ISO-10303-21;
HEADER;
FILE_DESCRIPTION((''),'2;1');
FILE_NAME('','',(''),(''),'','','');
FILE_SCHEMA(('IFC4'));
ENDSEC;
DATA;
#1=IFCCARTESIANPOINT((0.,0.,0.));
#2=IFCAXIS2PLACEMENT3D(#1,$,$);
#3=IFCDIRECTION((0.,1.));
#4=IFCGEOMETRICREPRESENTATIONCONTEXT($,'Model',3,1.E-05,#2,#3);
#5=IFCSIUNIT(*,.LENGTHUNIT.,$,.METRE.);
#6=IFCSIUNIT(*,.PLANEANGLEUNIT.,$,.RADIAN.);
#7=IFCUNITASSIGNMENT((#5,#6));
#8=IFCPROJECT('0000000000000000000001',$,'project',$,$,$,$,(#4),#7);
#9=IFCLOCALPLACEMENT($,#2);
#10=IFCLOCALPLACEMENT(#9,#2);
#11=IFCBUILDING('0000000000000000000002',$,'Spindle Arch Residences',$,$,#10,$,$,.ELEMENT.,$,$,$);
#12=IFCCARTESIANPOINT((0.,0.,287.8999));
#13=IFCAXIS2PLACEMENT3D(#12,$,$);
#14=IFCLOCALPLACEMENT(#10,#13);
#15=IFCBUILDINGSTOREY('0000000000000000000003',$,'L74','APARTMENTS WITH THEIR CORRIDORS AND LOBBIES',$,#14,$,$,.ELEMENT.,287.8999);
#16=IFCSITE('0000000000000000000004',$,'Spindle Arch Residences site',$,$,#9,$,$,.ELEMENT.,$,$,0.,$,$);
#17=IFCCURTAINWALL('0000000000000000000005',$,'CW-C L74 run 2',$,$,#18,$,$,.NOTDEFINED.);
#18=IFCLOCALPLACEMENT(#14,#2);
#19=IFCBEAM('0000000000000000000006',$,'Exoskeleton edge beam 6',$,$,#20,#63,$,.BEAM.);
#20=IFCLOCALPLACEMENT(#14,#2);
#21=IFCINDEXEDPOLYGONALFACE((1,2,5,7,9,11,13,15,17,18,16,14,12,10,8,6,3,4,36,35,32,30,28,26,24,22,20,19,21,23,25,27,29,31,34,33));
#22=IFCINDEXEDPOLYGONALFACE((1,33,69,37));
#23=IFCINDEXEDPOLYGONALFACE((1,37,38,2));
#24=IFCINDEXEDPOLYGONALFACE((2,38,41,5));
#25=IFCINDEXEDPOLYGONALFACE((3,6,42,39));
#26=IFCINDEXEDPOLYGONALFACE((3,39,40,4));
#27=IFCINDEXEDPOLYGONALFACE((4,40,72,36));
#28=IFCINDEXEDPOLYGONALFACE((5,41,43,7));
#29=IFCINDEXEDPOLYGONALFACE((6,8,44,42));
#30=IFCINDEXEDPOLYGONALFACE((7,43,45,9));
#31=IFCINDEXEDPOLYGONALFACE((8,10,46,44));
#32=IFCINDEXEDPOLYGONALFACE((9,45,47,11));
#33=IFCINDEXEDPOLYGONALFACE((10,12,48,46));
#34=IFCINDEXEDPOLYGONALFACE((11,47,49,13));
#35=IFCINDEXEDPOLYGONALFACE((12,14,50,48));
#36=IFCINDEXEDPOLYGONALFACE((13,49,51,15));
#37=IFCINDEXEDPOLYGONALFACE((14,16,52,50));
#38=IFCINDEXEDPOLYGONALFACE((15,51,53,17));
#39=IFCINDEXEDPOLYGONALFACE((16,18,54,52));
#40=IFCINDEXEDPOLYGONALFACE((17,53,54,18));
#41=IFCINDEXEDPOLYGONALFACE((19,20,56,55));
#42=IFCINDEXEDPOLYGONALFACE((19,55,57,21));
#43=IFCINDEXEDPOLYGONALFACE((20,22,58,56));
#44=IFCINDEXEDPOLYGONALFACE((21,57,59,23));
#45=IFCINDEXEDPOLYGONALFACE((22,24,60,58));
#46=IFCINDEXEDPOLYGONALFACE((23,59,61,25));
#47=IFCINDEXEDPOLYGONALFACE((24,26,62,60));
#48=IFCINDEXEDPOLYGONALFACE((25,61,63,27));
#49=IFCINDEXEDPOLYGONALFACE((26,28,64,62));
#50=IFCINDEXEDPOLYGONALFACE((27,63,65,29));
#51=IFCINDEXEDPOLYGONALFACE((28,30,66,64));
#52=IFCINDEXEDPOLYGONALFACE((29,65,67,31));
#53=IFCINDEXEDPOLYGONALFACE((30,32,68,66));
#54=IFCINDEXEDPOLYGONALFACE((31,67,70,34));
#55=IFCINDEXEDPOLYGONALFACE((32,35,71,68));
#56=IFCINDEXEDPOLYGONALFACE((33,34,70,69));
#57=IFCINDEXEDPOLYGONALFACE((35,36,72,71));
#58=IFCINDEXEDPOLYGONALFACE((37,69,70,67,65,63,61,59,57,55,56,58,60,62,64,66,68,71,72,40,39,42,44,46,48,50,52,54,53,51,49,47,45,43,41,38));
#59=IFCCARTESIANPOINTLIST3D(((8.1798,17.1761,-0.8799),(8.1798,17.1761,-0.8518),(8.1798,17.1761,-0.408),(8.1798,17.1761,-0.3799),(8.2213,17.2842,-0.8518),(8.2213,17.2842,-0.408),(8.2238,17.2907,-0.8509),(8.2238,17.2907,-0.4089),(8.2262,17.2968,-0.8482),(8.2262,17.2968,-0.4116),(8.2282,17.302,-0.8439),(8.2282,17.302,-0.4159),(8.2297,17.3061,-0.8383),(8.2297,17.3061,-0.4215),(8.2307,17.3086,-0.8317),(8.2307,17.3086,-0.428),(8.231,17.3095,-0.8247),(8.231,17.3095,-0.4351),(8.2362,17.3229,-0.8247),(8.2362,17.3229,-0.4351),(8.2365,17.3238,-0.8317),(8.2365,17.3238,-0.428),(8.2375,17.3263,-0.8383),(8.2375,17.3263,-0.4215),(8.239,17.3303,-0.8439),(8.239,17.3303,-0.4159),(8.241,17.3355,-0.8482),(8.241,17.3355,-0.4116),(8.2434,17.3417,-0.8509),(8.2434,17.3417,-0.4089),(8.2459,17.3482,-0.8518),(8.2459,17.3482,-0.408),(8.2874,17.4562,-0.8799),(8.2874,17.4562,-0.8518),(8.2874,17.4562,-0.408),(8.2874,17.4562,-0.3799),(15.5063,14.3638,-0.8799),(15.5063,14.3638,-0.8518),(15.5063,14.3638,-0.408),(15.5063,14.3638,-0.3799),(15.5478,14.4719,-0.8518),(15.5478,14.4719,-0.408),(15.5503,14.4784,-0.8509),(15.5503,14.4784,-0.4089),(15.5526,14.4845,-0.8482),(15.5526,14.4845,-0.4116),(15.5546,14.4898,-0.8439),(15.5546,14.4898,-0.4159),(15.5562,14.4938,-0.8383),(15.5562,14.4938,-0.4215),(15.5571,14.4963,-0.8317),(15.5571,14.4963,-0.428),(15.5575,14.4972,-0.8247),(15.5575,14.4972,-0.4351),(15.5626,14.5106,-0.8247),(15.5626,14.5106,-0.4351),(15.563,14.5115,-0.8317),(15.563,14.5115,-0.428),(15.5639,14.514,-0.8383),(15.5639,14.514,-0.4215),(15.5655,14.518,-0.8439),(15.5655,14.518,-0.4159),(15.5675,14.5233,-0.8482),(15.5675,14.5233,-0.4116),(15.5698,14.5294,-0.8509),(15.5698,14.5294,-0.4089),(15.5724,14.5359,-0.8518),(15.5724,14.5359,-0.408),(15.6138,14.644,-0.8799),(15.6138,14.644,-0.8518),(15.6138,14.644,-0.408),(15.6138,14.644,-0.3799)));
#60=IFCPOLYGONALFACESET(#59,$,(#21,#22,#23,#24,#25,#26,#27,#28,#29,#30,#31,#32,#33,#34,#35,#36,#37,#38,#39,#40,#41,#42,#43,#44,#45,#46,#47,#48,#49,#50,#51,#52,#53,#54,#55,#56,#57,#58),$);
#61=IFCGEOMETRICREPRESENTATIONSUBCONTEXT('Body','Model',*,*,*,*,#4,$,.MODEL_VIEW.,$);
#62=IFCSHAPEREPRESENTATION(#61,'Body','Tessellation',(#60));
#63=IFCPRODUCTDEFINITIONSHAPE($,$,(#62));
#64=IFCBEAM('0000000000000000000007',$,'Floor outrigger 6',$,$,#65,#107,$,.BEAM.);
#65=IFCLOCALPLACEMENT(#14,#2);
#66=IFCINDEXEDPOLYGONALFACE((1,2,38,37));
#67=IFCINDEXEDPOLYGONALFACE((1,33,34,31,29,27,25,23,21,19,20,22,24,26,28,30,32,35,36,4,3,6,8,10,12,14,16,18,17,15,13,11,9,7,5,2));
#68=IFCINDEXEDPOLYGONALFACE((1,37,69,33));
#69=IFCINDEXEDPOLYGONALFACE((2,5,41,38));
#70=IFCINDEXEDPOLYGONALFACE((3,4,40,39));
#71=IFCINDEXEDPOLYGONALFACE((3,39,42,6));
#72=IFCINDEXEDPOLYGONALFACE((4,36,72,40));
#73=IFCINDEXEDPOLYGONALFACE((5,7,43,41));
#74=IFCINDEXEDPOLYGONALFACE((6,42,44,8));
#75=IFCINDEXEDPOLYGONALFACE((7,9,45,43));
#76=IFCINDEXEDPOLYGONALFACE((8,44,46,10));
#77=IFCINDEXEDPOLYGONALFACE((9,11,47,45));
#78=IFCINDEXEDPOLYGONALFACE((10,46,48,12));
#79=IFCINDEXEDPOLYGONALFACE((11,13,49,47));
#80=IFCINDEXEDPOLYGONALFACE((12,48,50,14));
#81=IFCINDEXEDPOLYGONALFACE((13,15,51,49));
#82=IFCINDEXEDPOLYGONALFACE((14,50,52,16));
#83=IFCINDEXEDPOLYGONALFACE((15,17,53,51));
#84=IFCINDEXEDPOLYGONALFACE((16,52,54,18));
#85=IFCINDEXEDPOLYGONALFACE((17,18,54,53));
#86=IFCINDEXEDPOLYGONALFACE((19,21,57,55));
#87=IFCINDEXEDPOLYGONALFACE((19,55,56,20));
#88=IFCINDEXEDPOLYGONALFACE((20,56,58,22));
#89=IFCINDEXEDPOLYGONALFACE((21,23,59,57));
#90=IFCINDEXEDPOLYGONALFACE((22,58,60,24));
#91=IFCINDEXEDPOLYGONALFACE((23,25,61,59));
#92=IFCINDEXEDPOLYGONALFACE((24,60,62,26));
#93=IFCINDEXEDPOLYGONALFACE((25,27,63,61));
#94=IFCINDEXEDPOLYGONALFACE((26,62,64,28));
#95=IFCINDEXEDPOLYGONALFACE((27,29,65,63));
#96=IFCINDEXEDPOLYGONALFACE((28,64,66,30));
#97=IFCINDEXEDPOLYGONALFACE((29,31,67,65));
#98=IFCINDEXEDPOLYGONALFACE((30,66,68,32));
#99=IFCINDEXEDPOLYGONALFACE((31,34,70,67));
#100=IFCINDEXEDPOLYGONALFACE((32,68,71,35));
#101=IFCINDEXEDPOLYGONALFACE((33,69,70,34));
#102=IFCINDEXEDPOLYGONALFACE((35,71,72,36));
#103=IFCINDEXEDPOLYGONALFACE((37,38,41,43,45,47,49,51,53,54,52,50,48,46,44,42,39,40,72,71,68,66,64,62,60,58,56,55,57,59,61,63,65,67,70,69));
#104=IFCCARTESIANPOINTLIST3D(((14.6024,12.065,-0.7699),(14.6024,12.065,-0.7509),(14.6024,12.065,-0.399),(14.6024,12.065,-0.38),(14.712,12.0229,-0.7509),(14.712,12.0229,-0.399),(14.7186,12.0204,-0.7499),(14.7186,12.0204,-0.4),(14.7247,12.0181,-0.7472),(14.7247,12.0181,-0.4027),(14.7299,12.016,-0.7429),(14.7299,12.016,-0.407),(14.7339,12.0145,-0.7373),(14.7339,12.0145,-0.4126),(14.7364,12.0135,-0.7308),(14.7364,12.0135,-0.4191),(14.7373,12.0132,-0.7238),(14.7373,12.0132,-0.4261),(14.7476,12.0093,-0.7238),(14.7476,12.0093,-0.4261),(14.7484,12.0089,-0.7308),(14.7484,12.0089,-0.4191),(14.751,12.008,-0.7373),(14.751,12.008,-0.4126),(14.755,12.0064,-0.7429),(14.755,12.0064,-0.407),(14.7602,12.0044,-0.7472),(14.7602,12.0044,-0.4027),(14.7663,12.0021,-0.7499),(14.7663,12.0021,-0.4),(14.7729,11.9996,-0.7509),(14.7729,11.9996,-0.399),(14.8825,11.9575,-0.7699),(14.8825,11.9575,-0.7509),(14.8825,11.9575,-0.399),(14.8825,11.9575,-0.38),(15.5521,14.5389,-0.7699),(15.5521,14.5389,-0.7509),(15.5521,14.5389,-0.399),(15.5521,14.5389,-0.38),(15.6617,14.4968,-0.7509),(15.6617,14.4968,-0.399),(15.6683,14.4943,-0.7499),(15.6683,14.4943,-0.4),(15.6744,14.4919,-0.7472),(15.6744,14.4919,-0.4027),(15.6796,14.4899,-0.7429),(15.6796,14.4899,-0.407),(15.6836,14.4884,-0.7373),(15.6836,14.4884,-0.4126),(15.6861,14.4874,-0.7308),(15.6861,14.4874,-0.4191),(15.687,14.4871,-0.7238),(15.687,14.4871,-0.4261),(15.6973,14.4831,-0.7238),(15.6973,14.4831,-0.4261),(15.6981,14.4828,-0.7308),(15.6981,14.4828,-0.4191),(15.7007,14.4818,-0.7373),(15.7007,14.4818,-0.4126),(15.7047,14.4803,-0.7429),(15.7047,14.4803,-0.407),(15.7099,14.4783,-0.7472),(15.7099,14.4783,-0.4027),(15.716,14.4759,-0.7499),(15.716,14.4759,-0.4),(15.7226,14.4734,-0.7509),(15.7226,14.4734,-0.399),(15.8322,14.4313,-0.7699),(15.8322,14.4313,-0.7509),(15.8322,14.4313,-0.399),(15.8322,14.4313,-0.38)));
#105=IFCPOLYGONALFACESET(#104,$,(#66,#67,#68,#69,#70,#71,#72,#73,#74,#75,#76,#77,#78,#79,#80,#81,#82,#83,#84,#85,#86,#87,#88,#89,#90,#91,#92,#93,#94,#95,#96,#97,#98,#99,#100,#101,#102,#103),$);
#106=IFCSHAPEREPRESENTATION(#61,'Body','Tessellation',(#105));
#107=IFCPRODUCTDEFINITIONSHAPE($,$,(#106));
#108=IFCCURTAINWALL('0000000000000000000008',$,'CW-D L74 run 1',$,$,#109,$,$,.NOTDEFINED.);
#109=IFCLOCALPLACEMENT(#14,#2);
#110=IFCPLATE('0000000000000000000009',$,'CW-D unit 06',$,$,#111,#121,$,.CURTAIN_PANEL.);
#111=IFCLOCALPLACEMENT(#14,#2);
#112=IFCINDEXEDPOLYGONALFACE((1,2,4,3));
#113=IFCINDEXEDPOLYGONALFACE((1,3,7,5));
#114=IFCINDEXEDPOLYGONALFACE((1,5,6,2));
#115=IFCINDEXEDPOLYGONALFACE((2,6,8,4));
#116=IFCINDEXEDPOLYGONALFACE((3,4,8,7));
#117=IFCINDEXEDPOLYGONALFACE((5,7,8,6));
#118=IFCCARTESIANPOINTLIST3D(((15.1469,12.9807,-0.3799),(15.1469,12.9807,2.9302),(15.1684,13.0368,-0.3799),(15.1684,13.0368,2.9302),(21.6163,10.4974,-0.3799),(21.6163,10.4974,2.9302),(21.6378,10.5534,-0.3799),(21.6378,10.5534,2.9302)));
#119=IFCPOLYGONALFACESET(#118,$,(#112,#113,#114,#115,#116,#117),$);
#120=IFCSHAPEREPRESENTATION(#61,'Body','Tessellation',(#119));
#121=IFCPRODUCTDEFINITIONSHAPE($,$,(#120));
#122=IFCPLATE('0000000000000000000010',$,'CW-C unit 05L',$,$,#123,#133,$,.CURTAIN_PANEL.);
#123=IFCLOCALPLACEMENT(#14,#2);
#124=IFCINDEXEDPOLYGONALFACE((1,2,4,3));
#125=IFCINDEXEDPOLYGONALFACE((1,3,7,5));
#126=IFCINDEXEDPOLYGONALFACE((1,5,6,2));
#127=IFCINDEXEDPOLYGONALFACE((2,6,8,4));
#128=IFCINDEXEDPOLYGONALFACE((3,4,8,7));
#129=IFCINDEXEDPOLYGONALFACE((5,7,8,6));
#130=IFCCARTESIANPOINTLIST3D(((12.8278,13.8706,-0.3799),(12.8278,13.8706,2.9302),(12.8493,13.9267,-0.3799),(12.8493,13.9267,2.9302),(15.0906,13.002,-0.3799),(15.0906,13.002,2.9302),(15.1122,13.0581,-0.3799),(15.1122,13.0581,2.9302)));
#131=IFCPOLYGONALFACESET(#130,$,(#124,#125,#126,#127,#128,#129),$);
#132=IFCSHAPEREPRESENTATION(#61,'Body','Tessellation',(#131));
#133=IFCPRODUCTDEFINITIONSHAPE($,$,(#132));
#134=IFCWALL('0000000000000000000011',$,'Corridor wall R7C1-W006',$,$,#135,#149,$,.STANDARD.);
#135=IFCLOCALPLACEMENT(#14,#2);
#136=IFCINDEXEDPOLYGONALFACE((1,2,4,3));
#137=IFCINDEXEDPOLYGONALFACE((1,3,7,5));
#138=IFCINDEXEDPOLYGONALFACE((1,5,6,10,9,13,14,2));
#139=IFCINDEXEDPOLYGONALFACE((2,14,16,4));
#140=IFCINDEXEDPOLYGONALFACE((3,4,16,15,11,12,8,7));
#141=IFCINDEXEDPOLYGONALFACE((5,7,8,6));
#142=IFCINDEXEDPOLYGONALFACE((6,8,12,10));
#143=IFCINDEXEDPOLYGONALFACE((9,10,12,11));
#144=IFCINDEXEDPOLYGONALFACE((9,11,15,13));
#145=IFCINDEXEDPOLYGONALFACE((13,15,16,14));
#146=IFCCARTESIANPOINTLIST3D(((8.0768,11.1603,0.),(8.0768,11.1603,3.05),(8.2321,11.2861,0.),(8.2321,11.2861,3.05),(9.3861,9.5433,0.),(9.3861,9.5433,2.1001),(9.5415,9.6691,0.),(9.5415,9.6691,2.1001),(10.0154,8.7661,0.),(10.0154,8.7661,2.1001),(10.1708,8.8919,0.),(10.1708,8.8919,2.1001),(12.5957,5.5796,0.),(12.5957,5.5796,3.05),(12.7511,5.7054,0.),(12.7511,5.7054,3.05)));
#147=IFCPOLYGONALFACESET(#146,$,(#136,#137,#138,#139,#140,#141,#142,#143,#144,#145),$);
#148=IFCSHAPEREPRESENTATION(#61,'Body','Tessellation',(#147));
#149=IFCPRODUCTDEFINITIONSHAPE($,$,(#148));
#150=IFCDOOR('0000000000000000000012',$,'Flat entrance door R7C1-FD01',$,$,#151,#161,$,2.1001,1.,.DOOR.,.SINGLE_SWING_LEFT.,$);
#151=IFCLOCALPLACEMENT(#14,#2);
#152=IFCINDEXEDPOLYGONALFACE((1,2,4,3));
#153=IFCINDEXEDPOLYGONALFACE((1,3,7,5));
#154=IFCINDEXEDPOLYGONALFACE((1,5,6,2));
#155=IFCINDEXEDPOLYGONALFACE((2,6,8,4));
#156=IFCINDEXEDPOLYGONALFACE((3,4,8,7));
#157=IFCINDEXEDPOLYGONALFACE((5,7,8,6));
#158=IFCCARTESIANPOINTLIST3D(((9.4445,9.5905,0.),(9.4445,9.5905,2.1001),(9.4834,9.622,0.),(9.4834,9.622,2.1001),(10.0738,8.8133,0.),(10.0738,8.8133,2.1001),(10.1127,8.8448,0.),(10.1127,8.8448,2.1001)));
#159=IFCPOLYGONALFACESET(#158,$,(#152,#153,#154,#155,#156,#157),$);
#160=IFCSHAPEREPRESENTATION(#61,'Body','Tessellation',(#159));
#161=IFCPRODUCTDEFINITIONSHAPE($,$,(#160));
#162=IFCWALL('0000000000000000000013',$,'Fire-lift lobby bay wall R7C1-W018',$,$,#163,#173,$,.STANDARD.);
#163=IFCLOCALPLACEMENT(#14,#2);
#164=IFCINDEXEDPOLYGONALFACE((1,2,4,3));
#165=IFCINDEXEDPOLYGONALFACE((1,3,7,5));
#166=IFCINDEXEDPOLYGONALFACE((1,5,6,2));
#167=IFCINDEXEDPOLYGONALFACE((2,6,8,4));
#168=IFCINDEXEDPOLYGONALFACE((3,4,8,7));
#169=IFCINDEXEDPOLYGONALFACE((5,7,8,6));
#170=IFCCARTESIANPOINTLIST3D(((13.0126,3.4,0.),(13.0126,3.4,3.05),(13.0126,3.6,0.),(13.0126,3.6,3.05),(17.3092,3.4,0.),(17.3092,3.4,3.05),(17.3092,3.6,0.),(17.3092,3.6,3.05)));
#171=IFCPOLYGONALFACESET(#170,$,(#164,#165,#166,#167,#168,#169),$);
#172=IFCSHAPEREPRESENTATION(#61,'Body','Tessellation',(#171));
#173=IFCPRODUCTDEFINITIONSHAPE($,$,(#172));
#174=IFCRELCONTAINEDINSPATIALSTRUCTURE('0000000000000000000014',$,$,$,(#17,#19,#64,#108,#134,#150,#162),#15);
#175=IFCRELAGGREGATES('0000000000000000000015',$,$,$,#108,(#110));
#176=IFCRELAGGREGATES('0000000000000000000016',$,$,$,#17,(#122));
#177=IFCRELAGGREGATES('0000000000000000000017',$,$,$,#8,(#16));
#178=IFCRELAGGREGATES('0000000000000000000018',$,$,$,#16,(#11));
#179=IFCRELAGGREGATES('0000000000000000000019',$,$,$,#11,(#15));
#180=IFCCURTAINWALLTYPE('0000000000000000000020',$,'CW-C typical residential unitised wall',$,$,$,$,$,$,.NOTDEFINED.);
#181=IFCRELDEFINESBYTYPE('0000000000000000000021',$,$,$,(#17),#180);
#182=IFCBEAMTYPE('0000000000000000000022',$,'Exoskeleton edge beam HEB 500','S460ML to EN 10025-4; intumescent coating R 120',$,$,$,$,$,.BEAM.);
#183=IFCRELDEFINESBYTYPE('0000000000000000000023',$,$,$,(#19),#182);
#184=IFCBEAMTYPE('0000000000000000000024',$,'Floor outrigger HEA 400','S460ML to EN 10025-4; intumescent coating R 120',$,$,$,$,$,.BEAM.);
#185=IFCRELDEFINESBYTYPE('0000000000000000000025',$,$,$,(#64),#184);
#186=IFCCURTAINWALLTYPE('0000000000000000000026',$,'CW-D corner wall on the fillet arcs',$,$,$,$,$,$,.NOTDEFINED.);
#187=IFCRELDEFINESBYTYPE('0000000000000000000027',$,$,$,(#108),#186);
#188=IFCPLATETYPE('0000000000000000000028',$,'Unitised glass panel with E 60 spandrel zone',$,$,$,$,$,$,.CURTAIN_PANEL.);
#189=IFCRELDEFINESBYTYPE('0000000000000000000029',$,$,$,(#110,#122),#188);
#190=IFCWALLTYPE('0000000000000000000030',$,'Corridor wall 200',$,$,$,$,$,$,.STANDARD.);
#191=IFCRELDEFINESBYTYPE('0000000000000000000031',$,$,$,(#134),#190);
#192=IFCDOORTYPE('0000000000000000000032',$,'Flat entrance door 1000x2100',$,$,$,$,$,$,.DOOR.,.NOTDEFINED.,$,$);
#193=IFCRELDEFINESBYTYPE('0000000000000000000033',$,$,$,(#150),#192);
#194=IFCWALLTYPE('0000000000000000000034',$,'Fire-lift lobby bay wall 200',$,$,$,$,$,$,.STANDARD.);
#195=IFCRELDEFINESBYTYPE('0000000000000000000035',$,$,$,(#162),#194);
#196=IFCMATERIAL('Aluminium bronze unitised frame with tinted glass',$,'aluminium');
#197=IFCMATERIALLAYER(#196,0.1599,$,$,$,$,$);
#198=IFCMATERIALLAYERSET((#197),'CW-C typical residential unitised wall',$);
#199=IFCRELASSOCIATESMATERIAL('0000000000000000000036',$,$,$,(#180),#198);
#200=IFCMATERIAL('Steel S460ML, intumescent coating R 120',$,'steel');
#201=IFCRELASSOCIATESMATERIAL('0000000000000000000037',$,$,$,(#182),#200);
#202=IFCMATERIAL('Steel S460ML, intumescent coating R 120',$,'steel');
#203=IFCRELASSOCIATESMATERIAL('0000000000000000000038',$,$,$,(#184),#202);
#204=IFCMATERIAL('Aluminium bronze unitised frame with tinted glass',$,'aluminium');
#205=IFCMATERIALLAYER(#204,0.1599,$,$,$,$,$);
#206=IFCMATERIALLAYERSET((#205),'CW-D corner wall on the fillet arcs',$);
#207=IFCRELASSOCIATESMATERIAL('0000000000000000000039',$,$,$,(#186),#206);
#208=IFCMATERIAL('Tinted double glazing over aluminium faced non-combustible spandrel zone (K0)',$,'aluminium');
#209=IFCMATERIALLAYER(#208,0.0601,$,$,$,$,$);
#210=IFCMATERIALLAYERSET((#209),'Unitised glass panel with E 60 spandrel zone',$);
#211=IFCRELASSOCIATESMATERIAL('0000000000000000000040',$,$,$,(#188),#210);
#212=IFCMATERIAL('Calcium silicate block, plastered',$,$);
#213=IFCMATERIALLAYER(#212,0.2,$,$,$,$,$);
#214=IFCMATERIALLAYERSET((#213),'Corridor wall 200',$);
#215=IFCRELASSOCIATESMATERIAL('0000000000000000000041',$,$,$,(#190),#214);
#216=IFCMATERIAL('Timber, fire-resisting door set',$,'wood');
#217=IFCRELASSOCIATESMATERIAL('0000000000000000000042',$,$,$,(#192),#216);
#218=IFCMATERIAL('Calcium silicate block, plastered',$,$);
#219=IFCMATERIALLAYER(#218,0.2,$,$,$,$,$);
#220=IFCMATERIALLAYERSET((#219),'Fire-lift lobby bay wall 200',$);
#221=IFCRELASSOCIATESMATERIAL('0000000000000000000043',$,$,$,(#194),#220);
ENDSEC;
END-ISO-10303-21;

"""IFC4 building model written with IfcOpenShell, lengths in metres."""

from ifc_helpers import new_model, si_unit, direction, frame, frame_2d, origin, origin_2d, place, context, subcontext, project, spatial, rectangle, i_section, extrude, material, layer, layer_set, material_profile, profile_set, type_object, element, fill, aggregate, save


model = new_model("IFC4")

# Units and contexts
model_context = context("Model", 3, precision=1e-05, world=origin(), true_north=direction((0.0, 1.0)))
body_context = subcontext(model_context, "Body", "Model", "MODEL_VIEW")
ifc_project = project(units=[si_unit("LENGTHUNIT", "METRE"), si_unit("PLANEANGLEUNIT", "RADIAN")], contexts=[model_context])

# Site, building, storey
site_placement = place(None, origin())
site = spatial("IfcSite", under=ifc_project, at=site_placement, Name="Spindle Arch Residences site", CompositionType="ELEMENT", RefElevation=0.0)
building_placement = place(site_placement, origin())
building = spatial("IfcBuilding", under=site, at=building_placement, Name="Spindle Arch Residences", CompositionType="ELEMENT")
storey_placement = place(building_placement, frame((0.0, 0.0, 287.8999)))
storey = spatial("IfcBuildingStorey", under=building, at=storey_placement, Name="L74", Description="APARTMENTS WITH THEIR CORRIDORS AND LOBBIES", CompositionType="ELEMENT", Elevation=287.8999)

# Curtain wall
ifc_material_1 = material(Name="Aluminium bronze unitised frame with tinted glass", Category="aluminium")
ifc_layer_1 = layer(ifc_material_1, 0.1599)
ifc_layer_set_1 = layer_set([ifc_layer_1], Name="CW-C typical residential unitised wall")
curtain_wall_type_1 = type_object("IfcCurtainWallType", Name="CW-C typical residential unitised wall", PredefinedType="NOTDEFINED", material=ifc_layer_set_1)
curtain_wall_1_placement = place(storey_placement, origin())
curtain_wall_1 = element("IfcCurtainWall", 1, at=curtain_wall_1_placement, inside=storey, type_object=curtain_wall_type_1, Name="CW-C L74 run 2", PredefinedType="NOTDEFINED")

# Beams
ifc_material_2 = material(Name="Steel S460ML, intumescent coating R 120", Category="steel")
ifc_material_profile_1 = material_profile(ifc_material_2, i_section(OverallWidth=0.3, OverallDepth=0.5, WebThickness=0.0144, FlangeThickness=0.0281, FilletRadius=0.0271, at=origin_2d()), Name="HEB 500")
ifc_profile_set_1 = profile_set([ifc_material_profile_1], Name="Steel S460ML, intumescent coating R 120")
beam_type_1 = type_object("IfcBeamType", Name="Exoskeleton edge beam HEB 500", Description="S460ML to EN 10025-4; intumescent coating R 120", PredefinedType="BEAM", material=ifc_profile_set_1)
beam_1_placement = place(storey_placement, frame((15.5601, 14.5039, -0.6299), z_axis=(-0.933584, 0.358358, 0.0), x_axis=(-0.358358, -0.933584, 0.0)))
element("IfcBeam", 2, at=beam_1_placement, inside=storey, type_object=beam_type_1, Name="Exoskeleton edge beam 6", PredefinedType="BEAM", context=body_context, shape_type="SweptSolid", body=[
    extrude(i_section(OverallWidth=0.3, OverallDepth=0.5, WebThickness=0.0144, FlangeThickness=0.0281, FilletRadius=0.0271, at=origin_2d()), origin(), (0.0, 0.0, 1.0), 7.8477),
])
ifc_material_3 = material(Name="Steel S460ML, intumescent coating R 120", Category="steel")
ifc_material_profile_2 = material_profile(ifc_material_3, i_section(OverallWidth=0.3, OverallDepth=0.3899, WebThickness=0.011, FlangeThickness=0.019, FilletRadius=0.0271, at=origin_2d()), Name="HEA 400")
ifc_profile_set_2 = profile_set([ifc_material_profile_2], Name="Steel S460ML, intumescent coating R 120")
beam_type_2 = type_object("IfcBeamType", Name="Floor outrigger HEA 400", Description="S460ML to EN 10025-4; intumescent coating R 120", PredefinedType="BEAM", material=ifc_profile_set_2)
beam_2_placement = place(storey_placement, frame((15.6921, 14.4851, -0.575), z_axis=(-0.358392, -0.933571, 0.0), x_axis=(0.933571, -0.358392, 0.0)))
element("IfcBeam", 3, at=beam_2_placement, inside=storey, type_object=beam_type_2, Name="Floor outrigger 6", PredefinedType="BEAM", context=body_context, shape_type="SweptSolid", body=[
    extrude(i_section(OverallWidth=0.3, OverallDepth=0.3899, WebThickness=0.011, FlangeThickness=0.019, FilletRadius=0.0271, at=origin_2d()), origin(), (0.0, 0.0, 1.0), 2.6499),
])

# Curtain wall, plate
ifc_material_4 = material(Name="Aluminium bronze unitised frame with tinted glass", Category="aluminium")
ifc_layer_2 = layer(ifc_material_4, 0.1599)
ifc_layer_set_2 = layer_set([ifc_layer_2], Name="CW-D corner wall on the fillet arcs")
curtain_wall_type_2 = type_object("IfcCurtainWallType", Name="CW-D corner wall on the fillet arcs", PredefinedType="NOTDEFINED", material=ifc_layer_set_2)
curtain_wall_2_placement = place(storey_placement, origin())
curtain_wall_2 = element("IfcCurtainWall", 4, at=curtain_wall_2_placement, inside=storey, type_object=curtain_wall_type_2, Name="CW-D L74 run 1", PredefinedType="NOTDEFINED")
ifc_material_5 = material(Name="Tinted double glazing over aluminium faced non-combustible spandrel zone (K0)", Category="aluminium")
ifc_layer_3 = layer(ifc_material_5, 0.0601)
ifc_layer_set_3 = layer_set([ifc_layer_3], Name="Unitised glass panel with E 60 spandrel zone")
plate_type = type_object("IfcPlateType", Name="Unitised glass panel with E 60 spandrel zone", PredefinedType="CURTAIN_PANEL", material=ifc_layer_set_3)
plate_1_placement = place(storey_placement, frame((18.3923, 11.7671, -0.3799), z_axis=(0.0, 0.0, 1.0), x_axis=(-0.93358, 0.358368, 0.0)))
plate_1 = element("IfcPlate", 5, at=plate_1_placement, type_object=plate_type, Name="CW-D unit 06", PredefinedType="CURTAIN_PANEL", context=body_context, shape_type="SweptSolid", body=[
    extrude(rectangle(XDim=6.9297, YDim=0.0601, at=origin_2d()), origin(), (0.0, 0.0, 1.0), 3.3101),
])
aggregate(curtain_wall_2, [plate_1])

# Plate
plate_2_placement = place(storey_placement, frame((13.97, 13.4644, -0.3799), z_axis=(0.0, 0.0, 1.0), x_axis=(-0.93358, 0.358368, 0.0)))
plate_2 = element("IfcPlate", 6, at=plate_2_placement, type_object=plate_type, Name="CW-C unit 05L", PredefinedType="CURTAIN_PANEL", context=body_context, shape_type="SweptSolid", body=[
    extrude(rectangle(XDim=2.4238, YDim=0.0601, at=origin_2d()), origin(), (0.0, 0.0, 1.0), 3.3101),
])
aggregate(curtain_wall_1, [plate_2])

# Wall, opening, door
ifc_material_6 = material(Name="Calcium silicate block, plastered")
ifc_layer_4 = layer(ifc_material_6, 0.2)
ifc_layer_set_4 = layer_set([ifc_layer_4], Name="Corridor wall 200")
wall_type_1 = type_object("IfcWallType", Name="Corridor wall 200", PredefinedType="STANDARD", material=ifc_layer_set_4)
wall_1_placement = place(storey_placement, frame((12.6733, 5.6426, 0.0), z_axis=(0.0, 0.0, 1.0), x_axis=(-0.629303, 0.77716, 0.0)))
wall_1 = element("IfcWall", 7, at=wall_1_placement, inside=storey, type_object=wall_type_1, Name="Corridor wall R7C1-W006", PredefinedType="STANDARD", context=body_context, shape_type="SweptSolid", body=[
    extrude(rectangle(XDim=7.1809, YDim=0.2, at=frame_2d((3.5903, 0.0))), origin(), (0.0, 0.0, 1.0), 3.05),
])
opening_1_placement = place(wall_1_placement, frame((4.1001, 0.0, 0.0)))
opening_1 = element("IfcOpeningElement", 8, at=opening_1_placement, cuts=wall_1, PredefinedType="OPENING", context=body_context, shape_type="SweptSolid", body=[
    extrude(rectangle(XDim=1.0, YDim=2.1001, at=frame_2d((0.5, 1.05))), frame((0.0, 0.1099, 0.0), z_axis=(0.0, -1.0, 0.0), x_axis=(1.0, 0.0, 0.0)), (0.0, 0.0, 1.0), 0.22),
])
ifc_material_7 = material(Name="Timber, fire-resisting door set", Category="wood")
door_type_1 = type_object("IfcDoorType", Name="Flat entrance door 1000x2100", OperationType="NOTDEFINED", PredefinedType="DOOR", material=ifc_material_7)
door_1_placement = place(opening_1_placement, origin())
door_1 = element("IfcDoor", 9, at=door_1_placement, inside=storey, type_object=door_type_1, Name="Flat entrance door R7C1-FD01", OperationType="SINGLE_SWING_LEFT", OverallHeight=2.1001, OverallWidth=1.0, PredefinedType="DOOR", context=body_context, shape_type="SweptSolid", body=[
    extrude(rectangle(XDim=1.0, YDim=2.1001, at=frame_2d((0.5, 1.05))), frame((0.0, 0.0249, 0.0), z_axis=(0.0, -1.0, 0.0), x_axis=(1.0, 0.0, 0.0)), (0.0, 0.0, 1.0), 0.05),
])
fill(opening_1, door_1)

# Wall
ifc_material_8 = material(Name="Calcium silicate block, plastered")
ifc_layer_5 = layer(ifc_material_8, 0.2)
ifc_layer_set_5 = layer_set([ifc_layer_5], Name="Fire-lift lobby bay wall 200")
wall_type_2 = type_object("IfcWallType", Name="Fire-lift lobby bay wall 200", PredefinedType="STANDARD", material=ifc_layer_set_5)
wall_2_placement = place(storey_placement, frame((17.3093, 3.5, 0.0), z_axis=(0.0, 0.0, 1.0), x_axis=(-1.0, 0.0, 0.0)))
element("IfcWall", 10, at=wall_2_placement, inside=storey, type_object=wall_type_2, Name="Fire-lift lobby bay wall R7C1-W018", PredefinedType="STANDARD", context=body_context, shape_type="SweptSolid", body=[
    extrude(rectangle(XDim=4.2966, YDim=0.2, at=frame_2d((2.1484, 0.0))), origin(), (0.0, 0.0, 1.0), 3.05),
])

save(model, "model.ifc")
